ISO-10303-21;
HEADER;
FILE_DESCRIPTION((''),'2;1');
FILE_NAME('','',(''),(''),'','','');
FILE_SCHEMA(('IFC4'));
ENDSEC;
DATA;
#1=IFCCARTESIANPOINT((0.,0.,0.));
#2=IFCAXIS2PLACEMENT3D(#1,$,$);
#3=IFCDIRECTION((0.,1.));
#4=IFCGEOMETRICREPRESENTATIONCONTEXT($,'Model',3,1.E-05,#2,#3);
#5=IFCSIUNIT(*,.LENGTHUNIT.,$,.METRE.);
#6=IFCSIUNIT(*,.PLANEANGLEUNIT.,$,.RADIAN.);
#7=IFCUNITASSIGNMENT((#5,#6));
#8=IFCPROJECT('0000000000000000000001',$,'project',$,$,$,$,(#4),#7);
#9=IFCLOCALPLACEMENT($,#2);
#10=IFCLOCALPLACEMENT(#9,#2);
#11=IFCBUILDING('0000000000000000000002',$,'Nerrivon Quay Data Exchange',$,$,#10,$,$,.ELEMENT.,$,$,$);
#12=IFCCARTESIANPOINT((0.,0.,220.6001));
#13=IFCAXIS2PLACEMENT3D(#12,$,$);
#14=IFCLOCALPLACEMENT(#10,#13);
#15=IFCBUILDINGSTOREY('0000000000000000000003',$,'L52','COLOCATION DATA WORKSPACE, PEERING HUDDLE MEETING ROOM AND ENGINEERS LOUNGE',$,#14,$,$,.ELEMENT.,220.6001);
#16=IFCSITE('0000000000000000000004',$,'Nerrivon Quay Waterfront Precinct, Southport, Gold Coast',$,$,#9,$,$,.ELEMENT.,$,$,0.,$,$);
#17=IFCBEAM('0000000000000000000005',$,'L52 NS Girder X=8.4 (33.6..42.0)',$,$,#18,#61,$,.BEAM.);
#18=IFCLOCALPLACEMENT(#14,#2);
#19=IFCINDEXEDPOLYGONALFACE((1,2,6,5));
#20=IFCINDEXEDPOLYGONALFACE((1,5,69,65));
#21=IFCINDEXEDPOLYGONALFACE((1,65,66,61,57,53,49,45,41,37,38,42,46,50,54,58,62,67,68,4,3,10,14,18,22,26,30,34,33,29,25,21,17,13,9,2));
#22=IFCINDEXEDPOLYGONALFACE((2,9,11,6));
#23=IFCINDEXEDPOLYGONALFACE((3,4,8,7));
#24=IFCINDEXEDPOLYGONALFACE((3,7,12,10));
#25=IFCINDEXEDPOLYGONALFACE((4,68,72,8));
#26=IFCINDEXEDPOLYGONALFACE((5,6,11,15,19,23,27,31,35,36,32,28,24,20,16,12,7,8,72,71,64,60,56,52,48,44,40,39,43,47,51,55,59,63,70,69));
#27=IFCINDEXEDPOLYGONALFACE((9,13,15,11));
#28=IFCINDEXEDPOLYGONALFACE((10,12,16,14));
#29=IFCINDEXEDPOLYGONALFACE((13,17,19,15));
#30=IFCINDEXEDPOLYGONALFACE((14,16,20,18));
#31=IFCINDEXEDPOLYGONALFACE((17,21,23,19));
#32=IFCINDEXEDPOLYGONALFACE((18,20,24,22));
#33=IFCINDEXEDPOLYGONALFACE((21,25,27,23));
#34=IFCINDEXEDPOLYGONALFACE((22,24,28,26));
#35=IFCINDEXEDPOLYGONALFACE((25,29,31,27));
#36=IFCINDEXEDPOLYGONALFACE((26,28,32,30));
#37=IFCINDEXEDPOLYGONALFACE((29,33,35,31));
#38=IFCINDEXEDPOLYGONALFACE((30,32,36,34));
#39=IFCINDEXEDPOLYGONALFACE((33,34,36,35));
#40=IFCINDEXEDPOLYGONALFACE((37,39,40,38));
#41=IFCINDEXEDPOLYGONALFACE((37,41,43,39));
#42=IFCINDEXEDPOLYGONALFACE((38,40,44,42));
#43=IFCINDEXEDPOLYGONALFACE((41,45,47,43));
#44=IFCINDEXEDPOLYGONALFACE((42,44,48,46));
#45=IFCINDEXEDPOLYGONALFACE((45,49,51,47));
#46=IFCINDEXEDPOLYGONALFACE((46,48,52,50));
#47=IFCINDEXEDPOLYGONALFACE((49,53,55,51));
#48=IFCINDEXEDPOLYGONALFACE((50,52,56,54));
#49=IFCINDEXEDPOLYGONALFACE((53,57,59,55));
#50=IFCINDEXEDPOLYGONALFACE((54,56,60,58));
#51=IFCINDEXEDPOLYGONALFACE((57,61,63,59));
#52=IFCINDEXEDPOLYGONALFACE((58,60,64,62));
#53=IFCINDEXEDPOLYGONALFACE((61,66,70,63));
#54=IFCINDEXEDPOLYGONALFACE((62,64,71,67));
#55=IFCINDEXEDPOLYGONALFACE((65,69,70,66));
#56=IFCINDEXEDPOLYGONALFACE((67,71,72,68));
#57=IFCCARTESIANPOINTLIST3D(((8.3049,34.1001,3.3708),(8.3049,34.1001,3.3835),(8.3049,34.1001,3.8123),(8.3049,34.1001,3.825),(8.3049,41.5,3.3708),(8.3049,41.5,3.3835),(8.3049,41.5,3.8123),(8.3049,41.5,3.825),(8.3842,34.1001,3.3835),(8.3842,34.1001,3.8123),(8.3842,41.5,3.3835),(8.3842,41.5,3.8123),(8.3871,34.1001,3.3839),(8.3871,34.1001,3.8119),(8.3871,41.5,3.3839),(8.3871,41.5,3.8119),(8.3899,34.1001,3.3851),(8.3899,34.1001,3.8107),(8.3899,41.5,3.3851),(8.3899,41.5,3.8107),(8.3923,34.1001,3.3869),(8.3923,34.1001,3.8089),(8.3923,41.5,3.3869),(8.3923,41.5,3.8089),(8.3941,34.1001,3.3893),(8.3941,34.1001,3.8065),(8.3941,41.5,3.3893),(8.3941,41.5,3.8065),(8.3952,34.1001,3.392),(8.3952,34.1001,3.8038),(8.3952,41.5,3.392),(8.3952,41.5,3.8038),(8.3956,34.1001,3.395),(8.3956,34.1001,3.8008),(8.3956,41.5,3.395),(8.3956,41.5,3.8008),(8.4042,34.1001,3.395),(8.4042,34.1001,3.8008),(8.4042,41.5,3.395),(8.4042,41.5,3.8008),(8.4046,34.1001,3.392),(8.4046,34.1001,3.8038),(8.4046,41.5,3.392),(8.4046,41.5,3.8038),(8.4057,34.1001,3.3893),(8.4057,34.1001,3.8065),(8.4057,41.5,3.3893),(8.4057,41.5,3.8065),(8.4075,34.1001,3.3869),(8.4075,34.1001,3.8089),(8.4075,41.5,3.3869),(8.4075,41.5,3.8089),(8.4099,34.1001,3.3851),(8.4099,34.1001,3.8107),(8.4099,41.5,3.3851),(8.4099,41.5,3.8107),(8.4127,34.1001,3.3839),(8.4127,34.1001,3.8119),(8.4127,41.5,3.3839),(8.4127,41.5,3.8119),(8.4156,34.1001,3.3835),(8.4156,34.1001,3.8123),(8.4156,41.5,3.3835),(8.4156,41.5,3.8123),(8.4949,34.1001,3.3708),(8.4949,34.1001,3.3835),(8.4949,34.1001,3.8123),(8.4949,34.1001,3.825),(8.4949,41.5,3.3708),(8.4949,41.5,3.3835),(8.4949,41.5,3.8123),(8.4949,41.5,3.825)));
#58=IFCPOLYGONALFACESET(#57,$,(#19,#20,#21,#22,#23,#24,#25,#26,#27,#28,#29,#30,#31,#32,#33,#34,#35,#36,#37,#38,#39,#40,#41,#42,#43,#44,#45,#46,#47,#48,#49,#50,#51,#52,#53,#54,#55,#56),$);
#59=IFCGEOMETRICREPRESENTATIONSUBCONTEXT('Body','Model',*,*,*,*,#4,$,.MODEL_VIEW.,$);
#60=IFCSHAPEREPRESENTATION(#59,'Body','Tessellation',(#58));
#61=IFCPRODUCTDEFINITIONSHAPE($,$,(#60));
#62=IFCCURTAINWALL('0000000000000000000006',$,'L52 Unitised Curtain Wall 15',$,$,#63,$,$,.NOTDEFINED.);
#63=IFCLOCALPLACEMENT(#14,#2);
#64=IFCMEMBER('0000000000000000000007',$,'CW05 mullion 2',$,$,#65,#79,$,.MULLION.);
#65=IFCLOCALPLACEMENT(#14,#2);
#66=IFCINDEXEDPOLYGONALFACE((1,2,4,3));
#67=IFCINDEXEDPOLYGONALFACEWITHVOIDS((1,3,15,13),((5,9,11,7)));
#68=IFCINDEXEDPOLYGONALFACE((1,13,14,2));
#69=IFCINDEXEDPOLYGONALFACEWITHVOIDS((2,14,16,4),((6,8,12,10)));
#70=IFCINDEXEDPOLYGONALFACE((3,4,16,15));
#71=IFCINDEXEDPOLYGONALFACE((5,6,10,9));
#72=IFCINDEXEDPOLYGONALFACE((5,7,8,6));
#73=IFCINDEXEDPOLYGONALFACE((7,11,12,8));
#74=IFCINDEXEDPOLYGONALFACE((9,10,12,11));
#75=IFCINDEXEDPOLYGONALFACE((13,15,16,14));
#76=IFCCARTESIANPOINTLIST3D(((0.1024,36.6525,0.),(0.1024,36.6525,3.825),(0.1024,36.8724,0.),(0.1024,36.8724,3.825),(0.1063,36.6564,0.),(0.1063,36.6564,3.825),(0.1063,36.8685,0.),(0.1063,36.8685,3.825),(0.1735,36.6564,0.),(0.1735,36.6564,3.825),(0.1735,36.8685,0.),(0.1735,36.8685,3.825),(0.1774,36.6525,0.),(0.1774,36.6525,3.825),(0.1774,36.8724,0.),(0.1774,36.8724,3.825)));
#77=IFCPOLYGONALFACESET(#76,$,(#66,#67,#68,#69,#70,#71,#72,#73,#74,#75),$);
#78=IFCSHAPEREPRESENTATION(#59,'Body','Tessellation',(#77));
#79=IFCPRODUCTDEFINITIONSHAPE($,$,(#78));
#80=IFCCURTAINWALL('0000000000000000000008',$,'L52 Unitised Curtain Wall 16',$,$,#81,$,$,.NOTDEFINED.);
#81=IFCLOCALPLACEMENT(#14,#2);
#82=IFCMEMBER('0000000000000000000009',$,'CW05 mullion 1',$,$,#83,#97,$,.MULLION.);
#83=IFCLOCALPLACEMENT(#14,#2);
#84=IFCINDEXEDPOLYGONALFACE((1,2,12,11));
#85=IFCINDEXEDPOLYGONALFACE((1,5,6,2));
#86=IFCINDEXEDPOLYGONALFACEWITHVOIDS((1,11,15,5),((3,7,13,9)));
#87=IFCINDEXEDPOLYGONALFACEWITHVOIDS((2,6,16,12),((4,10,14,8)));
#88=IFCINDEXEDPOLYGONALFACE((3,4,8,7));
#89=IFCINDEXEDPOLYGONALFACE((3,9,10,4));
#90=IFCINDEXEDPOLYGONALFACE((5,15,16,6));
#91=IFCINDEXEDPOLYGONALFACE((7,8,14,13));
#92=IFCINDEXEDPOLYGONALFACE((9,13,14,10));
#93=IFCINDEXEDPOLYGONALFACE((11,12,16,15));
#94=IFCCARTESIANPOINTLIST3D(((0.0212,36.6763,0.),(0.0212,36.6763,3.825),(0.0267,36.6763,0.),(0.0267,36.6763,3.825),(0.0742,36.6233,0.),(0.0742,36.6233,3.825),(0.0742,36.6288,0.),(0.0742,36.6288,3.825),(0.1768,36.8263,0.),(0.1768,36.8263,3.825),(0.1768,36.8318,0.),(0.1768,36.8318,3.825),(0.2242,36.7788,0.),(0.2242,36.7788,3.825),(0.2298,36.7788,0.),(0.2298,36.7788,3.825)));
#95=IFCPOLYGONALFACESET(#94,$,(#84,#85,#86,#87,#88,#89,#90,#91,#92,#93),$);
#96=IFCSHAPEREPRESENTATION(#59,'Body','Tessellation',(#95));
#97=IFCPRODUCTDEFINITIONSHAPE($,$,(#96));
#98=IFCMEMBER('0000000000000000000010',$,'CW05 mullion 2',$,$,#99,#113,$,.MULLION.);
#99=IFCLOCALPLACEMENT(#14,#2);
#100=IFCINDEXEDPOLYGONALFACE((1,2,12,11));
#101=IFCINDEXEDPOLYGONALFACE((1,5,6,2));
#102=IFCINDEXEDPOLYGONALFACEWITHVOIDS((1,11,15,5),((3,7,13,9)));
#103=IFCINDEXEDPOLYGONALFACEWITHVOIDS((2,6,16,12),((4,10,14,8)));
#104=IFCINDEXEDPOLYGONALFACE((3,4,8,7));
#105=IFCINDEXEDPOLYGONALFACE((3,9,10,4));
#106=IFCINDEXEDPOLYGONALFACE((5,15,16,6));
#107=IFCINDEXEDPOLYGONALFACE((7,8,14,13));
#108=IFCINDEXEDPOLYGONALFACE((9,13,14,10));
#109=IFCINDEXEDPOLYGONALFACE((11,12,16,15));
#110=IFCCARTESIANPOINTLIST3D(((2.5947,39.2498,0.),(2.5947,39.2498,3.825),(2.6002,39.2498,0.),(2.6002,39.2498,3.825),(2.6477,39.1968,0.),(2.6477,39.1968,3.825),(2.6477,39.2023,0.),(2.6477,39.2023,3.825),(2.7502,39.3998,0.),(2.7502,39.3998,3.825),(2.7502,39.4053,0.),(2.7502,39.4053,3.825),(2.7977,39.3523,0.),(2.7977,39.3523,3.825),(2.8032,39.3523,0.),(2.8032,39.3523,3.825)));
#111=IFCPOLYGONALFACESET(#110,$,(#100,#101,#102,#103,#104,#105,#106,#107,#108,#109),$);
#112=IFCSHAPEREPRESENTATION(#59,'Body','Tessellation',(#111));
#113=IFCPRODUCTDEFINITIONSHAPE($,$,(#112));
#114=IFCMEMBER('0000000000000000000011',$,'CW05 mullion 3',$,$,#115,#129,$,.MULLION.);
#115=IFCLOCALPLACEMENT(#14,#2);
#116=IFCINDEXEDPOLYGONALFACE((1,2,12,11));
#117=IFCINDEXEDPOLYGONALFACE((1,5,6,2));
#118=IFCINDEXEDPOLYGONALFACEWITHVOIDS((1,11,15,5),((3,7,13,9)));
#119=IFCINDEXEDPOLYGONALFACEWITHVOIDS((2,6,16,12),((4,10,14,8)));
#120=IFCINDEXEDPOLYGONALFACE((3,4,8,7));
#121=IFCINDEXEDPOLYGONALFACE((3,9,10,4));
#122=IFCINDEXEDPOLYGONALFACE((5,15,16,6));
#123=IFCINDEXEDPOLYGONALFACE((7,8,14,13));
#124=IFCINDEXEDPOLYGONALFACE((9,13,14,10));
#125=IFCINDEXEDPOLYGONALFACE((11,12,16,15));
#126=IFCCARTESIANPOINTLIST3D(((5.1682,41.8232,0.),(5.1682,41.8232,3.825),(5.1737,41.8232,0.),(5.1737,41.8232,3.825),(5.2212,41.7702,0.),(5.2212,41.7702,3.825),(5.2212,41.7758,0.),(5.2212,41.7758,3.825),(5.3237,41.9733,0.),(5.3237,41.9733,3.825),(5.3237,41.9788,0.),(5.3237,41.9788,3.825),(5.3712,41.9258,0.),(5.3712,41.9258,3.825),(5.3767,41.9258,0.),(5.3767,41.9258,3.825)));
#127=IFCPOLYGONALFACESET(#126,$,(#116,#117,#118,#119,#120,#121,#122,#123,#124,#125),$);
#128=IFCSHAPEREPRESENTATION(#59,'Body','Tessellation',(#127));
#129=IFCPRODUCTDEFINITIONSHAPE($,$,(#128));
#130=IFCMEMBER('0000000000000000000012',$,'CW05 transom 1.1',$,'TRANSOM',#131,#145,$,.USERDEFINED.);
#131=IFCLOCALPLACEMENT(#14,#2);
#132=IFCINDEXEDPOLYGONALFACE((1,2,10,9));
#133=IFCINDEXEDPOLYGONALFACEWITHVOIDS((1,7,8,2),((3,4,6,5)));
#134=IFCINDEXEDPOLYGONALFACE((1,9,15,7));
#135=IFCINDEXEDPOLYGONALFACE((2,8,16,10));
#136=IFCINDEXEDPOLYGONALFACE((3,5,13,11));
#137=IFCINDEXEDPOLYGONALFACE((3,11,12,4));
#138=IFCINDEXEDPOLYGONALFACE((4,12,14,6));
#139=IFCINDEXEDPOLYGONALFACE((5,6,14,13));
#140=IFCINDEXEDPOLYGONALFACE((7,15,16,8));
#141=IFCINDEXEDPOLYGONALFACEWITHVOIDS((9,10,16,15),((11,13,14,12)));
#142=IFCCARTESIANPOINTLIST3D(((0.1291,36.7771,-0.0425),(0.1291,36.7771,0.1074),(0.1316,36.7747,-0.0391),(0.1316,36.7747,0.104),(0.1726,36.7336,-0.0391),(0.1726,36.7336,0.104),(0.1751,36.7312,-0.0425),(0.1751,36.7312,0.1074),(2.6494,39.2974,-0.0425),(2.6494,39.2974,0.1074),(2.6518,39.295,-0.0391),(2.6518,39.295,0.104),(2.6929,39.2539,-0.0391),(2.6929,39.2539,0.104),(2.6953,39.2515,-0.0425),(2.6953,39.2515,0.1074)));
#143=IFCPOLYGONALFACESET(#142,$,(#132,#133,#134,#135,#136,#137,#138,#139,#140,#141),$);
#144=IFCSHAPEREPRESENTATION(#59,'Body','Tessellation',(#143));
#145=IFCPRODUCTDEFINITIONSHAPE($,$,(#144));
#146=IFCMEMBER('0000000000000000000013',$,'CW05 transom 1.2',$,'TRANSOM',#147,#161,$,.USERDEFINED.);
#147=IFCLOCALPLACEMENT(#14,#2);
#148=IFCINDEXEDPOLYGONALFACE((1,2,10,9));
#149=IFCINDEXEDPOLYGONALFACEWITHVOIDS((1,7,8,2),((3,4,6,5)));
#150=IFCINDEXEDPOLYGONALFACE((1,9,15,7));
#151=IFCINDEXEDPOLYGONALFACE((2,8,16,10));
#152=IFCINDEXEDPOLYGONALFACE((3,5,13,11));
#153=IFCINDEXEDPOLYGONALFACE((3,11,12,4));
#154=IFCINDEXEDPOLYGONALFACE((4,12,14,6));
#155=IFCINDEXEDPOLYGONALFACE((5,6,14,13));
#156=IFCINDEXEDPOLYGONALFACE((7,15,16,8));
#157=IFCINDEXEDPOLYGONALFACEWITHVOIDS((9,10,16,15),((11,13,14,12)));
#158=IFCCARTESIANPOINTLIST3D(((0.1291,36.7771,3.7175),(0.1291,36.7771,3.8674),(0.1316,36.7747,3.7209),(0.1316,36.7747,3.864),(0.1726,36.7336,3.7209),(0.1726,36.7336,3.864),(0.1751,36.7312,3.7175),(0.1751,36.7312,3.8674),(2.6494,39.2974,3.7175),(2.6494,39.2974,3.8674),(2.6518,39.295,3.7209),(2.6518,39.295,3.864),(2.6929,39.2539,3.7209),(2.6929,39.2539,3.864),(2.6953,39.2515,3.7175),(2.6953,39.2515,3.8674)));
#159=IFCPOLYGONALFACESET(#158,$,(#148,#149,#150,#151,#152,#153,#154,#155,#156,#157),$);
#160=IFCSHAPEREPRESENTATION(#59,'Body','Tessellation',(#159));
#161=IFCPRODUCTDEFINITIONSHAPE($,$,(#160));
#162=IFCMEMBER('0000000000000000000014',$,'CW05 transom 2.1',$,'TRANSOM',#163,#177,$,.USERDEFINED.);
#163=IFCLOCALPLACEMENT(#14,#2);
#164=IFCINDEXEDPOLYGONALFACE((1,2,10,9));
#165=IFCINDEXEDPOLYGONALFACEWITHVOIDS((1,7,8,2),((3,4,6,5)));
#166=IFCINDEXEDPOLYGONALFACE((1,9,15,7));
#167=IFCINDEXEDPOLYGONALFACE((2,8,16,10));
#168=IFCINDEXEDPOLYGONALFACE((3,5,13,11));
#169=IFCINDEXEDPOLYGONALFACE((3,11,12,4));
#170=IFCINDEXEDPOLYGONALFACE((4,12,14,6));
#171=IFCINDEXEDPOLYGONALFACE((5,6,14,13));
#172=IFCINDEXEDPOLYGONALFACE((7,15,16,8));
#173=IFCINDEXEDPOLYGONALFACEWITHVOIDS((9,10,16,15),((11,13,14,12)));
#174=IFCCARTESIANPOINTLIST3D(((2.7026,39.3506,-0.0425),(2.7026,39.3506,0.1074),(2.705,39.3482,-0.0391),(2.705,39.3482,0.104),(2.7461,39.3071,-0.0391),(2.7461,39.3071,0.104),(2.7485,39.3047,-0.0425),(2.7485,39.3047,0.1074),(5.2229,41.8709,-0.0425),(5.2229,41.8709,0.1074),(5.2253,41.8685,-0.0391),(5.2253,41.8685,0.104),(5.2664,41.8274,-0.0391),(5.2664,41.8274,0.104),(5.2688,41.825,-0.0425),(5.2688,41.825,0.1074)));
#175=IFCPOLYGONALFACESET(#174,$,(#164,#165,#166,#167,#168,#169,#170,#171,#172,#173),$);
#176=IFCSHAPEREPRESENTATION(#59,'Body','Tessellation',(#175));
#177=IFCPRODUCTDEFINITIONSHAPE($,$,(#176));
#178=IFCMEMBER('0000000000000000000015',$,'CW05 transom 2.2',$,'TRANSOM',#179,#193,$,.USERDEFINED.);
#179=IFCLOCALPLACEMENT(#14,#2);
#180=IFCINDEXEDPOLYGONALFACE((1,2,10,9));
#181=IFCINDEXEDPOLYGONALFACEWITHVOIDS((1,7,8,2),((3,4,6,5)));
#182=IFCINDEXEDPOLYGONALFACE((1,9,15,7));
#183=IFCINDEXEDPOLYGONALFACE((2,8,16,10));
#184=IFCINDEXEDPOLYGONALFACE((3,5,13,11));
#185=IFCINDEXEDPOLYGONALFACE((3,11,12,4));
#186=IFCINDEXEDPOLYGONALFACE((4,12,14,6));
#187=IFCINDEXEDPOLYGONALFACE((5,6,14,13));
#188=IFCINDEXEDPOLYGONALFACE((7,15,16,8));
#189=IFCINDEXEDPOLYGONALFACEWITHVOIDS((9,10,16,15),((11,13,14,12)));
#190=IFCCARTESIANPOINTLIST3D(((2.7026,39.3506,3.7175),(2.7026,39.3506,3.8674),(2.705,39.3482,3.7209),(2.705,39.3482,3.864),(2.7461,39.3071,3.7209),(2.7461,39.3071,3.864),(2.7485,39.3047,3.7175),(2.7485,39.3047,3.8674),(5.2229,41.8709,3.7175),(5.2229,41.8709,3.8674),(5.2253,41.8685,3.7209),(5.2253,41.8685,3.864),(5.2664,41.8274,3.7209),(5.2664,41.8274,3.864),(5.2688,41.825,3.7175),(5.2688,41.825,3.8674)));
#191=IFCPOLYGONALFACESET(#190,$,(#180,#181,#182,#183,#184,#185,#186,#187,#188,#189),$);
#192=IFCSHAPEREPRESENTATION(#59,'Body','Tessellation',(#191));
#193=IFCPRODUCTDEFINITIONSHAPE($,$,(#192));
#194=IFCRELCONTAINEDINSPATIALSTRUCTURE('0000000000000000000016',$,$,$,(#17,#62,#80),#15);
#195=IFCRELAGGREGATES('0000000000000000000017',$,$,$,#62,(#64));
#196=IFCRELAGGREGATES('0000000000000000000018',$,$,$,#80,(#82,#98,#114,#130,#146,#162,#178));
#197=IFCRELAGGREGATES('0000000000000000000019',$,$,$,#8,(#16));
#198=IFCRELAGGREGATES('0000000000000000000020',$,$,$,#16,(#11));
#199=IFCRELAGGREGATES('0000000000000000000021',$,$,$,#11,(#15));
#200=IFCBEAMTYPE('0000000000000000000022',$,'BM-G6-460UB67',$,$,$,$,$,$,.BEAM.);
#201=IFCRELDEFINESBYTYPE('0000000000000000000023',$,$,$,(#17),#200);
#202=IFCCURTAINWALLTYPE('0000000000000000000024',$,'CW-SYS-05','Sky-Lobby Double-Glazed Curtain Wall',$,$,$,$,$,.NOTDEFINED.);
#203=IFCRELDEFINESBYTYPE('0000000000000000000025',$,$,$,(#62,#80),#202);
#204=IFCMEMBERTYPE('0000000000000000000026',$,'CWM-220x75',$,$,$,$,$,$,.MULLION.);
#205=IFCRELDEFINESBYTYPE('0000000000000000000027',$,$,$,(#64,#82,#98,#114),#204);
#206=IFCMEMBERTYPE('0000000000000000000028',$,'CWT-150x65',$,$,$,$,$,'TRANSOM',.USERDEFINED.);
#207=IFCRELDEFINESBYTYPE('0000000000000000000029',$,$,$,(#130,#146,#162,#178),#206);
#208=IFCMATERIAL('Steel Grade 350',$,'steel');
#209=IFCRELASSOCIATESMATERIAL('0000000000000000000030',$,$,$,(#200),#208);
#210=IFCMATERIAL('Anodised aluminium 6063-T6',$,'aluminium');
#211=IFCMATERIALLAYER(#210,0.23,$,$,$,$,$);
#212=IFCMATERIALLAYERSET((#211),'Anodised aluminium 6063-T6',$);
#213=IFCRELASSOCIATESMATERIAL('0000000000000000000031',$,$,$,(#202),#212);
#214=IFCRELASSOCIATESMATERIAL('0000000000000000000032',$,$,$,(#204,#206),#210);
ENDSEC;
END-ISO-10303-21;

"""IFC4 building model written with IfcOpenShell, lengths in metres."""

from ifc_helpers import new_model, si_unit, direction, frame, origin, origin_2d, place, context, subcontext, project, spatial, hollow_rectangle, i_section, extrude, material, layer, layer_set, material_profile, profile_set, type_object, element, aggregate, save


model = new_model("IFC4")

# Units and contexts
model_context = context("Model", 3, precision=1e-05, world=origin(), true_north=direction((0.0, 1.0)))
body_context = subcontext(model_context, "Body", "Model", "MODEL_VIEW")
ifc_project = project(units=[si_unit("LENGTHUNIT", "METRE"), si_unit("PLANEANGLEUNIT", "RADIAN")], contexts=[model_context])

# Site, building, storey
site_placement = place(None, origin())
site = spatial("IfcSite", under=ifc_project, at=site_placement, Name="Nerrivon Quay Waterfront Precinct, Southport, Gold Coast", CompositionType="ELEMENT", RefElevation=0.0)
building_placement = place(site_placement, origin())
building = spatial("IfcBuilding", under=site, at=building_placement, Name="Nerrivon Quay Data Exchange", CompositionType="ELEMENT")
storey_placement = place(building_placement, frame((0.0, 0.0, 220.6001)))
storey = spatial("IfcBuildingStorey", under=building, at=storey_placement, Name="L52", Description="COLOCATION DATA WORKSPACE, PEERING HUDDLE MEETING ROOM AND ENGINEERS LOUNGE", CompositionType="ELEMENT", Elevation=220.6001)

# Beam
ifc_material_1 = material(Name="Steel Grade 350", Category="steel")
ifc_material_profile_1 = material_profile(ifc_material_1, i_section(OverallWidth=0.1899, OverallDepth=0.4541, WebThickness=0.0085, FlangeThickness=0.0127, FilletRadius=0.0115, at=origin_2d()), Name="460UB67.1")
ifc_profile_set_1 = profile_set([ifc_material_profile_1], Name="Steel Grade 350")
beam_type = type_object("IfcBeamType", Name="BM-G6-460UB67", PredefinedType="BEAM", material=ifc_profile_set_1)
beam_placement = place(storey_placement, frame((8.3999, 34.1001, 3.5979), z_axis=(0.0, 1.0, 0.0), x_axis=(-1.0, 0.0, 0.0)))
element("IfcBeam", 1, at=beam_placement, inside=storey, type_object=beam_type, Name="L52 NS Girder X=8.4 (33.6..42.0)", PredefinedType="BEAM", context=body_context, shape_type="SweptSolid", body=[
    extrude(i_section(OverallWidth=0.1899, OverallDepth=0.4541, WebThickness=0.0085, FlangeThickness=0.0127, FilletRadius=0.0115, at=origin_2d()), origin(), (0.0, 0.0, 1.0), 7.3999),
])

# Curtain wall, member
ifc_material_2 = material(Name="Anodised aluminium 6063-T6", Category="aluminium")
ifc_layer_1 = layer(ifc_material_2, 0.23)
ifc_layer_set_1 = layer_set([ifc_layer_1], Name="Anodised aluminium 6063-T6")
curtain_wall_type = type_object("IfcCurtainWallType", Name="CW-SYS-05", Description="Sky-Lobby Double-Glazed Curtain Wall", PredefinedType="NOTDEFINED", material=ifc_layer_set_1)
curtain_wall_1_placement = place(storey_placement, origin())
curtain_wall_1 = element("IfcCurtainWall", 2, at=curtain_wall_1_placement, inside=storey, type_object=curtain_wall_type, Name="L52 Unitised Curtain Wall 15", PredefinedType="NOTDEFINED")
ifc_material_profile_2 = material_profile(ifc_material_2, hollow_rectangle(XDim=0.075, YDim=0.22, WallThickness=0.0039, at=origin_2d()), Name="ALU-MULL-220x75")
ifc_profile_set_2 = profile_set([ifc_material_profile_2], Name="Anodised aluminium 6063-T6")
member_type_1 = type_object("IfcMemberType", Name="CWM-220x75", PredefinedType="MULLION", material=ifc_profile_set_2)
member_1_placement = place(storey_placement, frame((0.1399, 36.7625, 0.0), z_axis=(0.0, 0.0, 1.0), x_axis=(-1.0, 0.0, 0.0)))
member_1 = element("IfcMember", 3, at=member_1_placement, type_object=member_type_1, Name="CW05 mullion 2", PredefinedType="MULLION", context=body_context, shape_type="SweptSolid", body=[
    extrude(hollow_rectangle(XDim=0.075, YDim=0.22, WallThickness=0.0039, at=origin_2d()), origin(), (0.0, 0.0, 1.0), 3.825),
])

# Curtain wall, members
curtain_wall_2_placement = place(storey_placement, origin())
curtain_wall_2 = element("IfcCurtainWall", 4, at=curtain_wall_2_placement, inside=storey, type_object=curtain_wall_type, Name="L52 Unitised Curtain Wall 16", PredefinedType="NOTDEFINED")
member_2_placement = place(storey_placement, frame((0.1255, 36.7275, 0.0), z_axis=(0.0, 0.0, 1.0), x_axis=(-0.707107, 0.707107, 0.0)))
member_2 = element("IfcMember", 5, at=member_2_placement, type_object=member_type_1, Name="CW05 mullion 1", PredefinedType="MULLION", context=body_context, shape_type="SweptSolid", body=[
    extrude(hollow_rectangle(XDim=0.075, YDim=0.22, WallThickness=0.0039, at=origin_2d()), origin(), (0.0, 0.0, 1.0), 3.825),
])
member_3_placement = place(storey_placement, frame((2.699, 39.301, 0.0), z_axis=(0.0, 0.0, 1.0), x_axis=(-0.707107, 0.707107, 0.0)))
member_3 = element("IfcMember", 6, at=member_3_placement, type_object=member_type_1, Name="CW05 mullion 2", PredefinedType="MULLION", context=body_context, shape_type="SweptSolid", body=[
    extrude(hollow_rectangle(XDim=0.075, YDim=0.22, WallThickness=0.0039, at=origin_2d()), origin(), (0.0, 0.0, 1.0), 3.825),
])
member_4_placement = place(storey_placement, frame((5.2725, 41.8745, 0.0), z_axis=(0.0, 0.0, 1.0), x_axis=(-0.707107, 0.707107, 0.0)))
member_4 = element("IfcMember", 7, at=member_4_placement, type_object=member_type_1, Name="CW05 mullion 3", PredefinedType="MULLION", context=body_context, shape_type="SweptSolid", body=[
    extrude(hollow_rectangle(XDim=0.075, YDim=0.22, WallThickness=0.0039, at=origin_2d()), origin(), (0.0, 0.0, 1.0), 3.825),
])
ifc_material_profile_3 = material_profile(ifc_material_2, hollow_rectangle(XDim=0.0649, YDim=0.1499, WallThickness=0.0034, at=origin_2d()), Name="ALU-TRAN-150x65")
ifc_profile_set_3 = profile_set([ifc_material_profile_3], Name="Anodised aluminium 6063-T6")
member_type_2 = type_object("IfcMemberType", Name="CWT-150x65", ElementType="TRANSOM", PredefinedType="USERDEFINED", material=ifc_profile_set_3)
member_5_placement = place(storey_placement, frame((0.1521, 36.7542, 0.0325), z_axis=(0.707107, 0.707107, 0.0), x_axis=(-0.707107, 0.707107, 0.0)))
member_5 = element("IfcMember", 8, at=member_5_placement, type_object=member_type_2, Name="CW05 transom 1.1", ObjectType="TRANSOM", PredefinedType="USERDEFINED", context=body_context, shape_type="SweptSolid", body=[
    extrude(hollow_rectangle(XDim=0.0649, YDim=0.1499, WallThickness=0.0034, at=origin_2d()), origin(), (0.0, 0.0, 1.0), 3.5642),
])
member_6_placement = place(storey_placement, frame((0.1521, 36.7542, 3.7925), z_axis=(0.707107, 0.707107, 0.0), x_axis=(-0.707107, 0.707107, 0.0)))
member_6 = element("IfcMember", 9, at=member_6_placement, type_object=member_type_2, Name="CW05 transom 1.2", ObjectType="TRANSOM", PredefinedType="USERDEFINED", context=body_context, shape_type="SweptSolid", body=[
    extrude(hollow_rectangle(XDim=0.0649, YDim=0.1499, WallThickness=0.0034, at=origin_2d()), origin(), (0.0, 0.0, 1.0), 3.5642),
])
member_7_placement = place(storey_placement, frame((2.7256, 39.3276, 0.0325), z_axis=(0.707107, 0.707107, 0.0), x_axis=(-0.707107, 0.707107, 0.0)))
member_7 = element("IfcMember", 10, at=member_7_placement, type_object=member_type_2, Name="CW05 transom 2.1", ObjectType="TRANSOM", PredefinedType="USERDEFINED", context=body_context, shape_type="SweptSolid", body=[
    extrude(hollow_rectangle(XDim=0.0649, YDim=0.1499, WallThickness=0.0034, at=origin_2d()), origin(), (0.0, 0.0, 1.0), 3.5642),
])
member_8_placement = place(storey_placement, frame((2.7256, 39.3276, 3.7925), z_axis=(0.707107, 0.707107, 0.0), x_axis=(-0.707107, 0.707107, 0.0)))
member_8 = element("IfcMember", 11, at=member_8_placement, type_object=member_type_2, Name="CW05 transom 2.2", ObjectType="TRANSOM", PredefinedType="USERDEFINED", context=body_context, shape_type="SweptSolid", body=[
    extrude(hollow_rectangle(XDim=0.0649, YDim=0.1499, WallThickness=0.0034, at=origin_2d()), origin(), (0.0, 0.0, 1.0), 3.5642),
])

aggregate(curtain_wall_1, [member_1])
aggregate(curtain_wall_2, [member_2, member_3, member_4, member_5, member_6, member_7, member_8])

save(model, "model.ifc")
